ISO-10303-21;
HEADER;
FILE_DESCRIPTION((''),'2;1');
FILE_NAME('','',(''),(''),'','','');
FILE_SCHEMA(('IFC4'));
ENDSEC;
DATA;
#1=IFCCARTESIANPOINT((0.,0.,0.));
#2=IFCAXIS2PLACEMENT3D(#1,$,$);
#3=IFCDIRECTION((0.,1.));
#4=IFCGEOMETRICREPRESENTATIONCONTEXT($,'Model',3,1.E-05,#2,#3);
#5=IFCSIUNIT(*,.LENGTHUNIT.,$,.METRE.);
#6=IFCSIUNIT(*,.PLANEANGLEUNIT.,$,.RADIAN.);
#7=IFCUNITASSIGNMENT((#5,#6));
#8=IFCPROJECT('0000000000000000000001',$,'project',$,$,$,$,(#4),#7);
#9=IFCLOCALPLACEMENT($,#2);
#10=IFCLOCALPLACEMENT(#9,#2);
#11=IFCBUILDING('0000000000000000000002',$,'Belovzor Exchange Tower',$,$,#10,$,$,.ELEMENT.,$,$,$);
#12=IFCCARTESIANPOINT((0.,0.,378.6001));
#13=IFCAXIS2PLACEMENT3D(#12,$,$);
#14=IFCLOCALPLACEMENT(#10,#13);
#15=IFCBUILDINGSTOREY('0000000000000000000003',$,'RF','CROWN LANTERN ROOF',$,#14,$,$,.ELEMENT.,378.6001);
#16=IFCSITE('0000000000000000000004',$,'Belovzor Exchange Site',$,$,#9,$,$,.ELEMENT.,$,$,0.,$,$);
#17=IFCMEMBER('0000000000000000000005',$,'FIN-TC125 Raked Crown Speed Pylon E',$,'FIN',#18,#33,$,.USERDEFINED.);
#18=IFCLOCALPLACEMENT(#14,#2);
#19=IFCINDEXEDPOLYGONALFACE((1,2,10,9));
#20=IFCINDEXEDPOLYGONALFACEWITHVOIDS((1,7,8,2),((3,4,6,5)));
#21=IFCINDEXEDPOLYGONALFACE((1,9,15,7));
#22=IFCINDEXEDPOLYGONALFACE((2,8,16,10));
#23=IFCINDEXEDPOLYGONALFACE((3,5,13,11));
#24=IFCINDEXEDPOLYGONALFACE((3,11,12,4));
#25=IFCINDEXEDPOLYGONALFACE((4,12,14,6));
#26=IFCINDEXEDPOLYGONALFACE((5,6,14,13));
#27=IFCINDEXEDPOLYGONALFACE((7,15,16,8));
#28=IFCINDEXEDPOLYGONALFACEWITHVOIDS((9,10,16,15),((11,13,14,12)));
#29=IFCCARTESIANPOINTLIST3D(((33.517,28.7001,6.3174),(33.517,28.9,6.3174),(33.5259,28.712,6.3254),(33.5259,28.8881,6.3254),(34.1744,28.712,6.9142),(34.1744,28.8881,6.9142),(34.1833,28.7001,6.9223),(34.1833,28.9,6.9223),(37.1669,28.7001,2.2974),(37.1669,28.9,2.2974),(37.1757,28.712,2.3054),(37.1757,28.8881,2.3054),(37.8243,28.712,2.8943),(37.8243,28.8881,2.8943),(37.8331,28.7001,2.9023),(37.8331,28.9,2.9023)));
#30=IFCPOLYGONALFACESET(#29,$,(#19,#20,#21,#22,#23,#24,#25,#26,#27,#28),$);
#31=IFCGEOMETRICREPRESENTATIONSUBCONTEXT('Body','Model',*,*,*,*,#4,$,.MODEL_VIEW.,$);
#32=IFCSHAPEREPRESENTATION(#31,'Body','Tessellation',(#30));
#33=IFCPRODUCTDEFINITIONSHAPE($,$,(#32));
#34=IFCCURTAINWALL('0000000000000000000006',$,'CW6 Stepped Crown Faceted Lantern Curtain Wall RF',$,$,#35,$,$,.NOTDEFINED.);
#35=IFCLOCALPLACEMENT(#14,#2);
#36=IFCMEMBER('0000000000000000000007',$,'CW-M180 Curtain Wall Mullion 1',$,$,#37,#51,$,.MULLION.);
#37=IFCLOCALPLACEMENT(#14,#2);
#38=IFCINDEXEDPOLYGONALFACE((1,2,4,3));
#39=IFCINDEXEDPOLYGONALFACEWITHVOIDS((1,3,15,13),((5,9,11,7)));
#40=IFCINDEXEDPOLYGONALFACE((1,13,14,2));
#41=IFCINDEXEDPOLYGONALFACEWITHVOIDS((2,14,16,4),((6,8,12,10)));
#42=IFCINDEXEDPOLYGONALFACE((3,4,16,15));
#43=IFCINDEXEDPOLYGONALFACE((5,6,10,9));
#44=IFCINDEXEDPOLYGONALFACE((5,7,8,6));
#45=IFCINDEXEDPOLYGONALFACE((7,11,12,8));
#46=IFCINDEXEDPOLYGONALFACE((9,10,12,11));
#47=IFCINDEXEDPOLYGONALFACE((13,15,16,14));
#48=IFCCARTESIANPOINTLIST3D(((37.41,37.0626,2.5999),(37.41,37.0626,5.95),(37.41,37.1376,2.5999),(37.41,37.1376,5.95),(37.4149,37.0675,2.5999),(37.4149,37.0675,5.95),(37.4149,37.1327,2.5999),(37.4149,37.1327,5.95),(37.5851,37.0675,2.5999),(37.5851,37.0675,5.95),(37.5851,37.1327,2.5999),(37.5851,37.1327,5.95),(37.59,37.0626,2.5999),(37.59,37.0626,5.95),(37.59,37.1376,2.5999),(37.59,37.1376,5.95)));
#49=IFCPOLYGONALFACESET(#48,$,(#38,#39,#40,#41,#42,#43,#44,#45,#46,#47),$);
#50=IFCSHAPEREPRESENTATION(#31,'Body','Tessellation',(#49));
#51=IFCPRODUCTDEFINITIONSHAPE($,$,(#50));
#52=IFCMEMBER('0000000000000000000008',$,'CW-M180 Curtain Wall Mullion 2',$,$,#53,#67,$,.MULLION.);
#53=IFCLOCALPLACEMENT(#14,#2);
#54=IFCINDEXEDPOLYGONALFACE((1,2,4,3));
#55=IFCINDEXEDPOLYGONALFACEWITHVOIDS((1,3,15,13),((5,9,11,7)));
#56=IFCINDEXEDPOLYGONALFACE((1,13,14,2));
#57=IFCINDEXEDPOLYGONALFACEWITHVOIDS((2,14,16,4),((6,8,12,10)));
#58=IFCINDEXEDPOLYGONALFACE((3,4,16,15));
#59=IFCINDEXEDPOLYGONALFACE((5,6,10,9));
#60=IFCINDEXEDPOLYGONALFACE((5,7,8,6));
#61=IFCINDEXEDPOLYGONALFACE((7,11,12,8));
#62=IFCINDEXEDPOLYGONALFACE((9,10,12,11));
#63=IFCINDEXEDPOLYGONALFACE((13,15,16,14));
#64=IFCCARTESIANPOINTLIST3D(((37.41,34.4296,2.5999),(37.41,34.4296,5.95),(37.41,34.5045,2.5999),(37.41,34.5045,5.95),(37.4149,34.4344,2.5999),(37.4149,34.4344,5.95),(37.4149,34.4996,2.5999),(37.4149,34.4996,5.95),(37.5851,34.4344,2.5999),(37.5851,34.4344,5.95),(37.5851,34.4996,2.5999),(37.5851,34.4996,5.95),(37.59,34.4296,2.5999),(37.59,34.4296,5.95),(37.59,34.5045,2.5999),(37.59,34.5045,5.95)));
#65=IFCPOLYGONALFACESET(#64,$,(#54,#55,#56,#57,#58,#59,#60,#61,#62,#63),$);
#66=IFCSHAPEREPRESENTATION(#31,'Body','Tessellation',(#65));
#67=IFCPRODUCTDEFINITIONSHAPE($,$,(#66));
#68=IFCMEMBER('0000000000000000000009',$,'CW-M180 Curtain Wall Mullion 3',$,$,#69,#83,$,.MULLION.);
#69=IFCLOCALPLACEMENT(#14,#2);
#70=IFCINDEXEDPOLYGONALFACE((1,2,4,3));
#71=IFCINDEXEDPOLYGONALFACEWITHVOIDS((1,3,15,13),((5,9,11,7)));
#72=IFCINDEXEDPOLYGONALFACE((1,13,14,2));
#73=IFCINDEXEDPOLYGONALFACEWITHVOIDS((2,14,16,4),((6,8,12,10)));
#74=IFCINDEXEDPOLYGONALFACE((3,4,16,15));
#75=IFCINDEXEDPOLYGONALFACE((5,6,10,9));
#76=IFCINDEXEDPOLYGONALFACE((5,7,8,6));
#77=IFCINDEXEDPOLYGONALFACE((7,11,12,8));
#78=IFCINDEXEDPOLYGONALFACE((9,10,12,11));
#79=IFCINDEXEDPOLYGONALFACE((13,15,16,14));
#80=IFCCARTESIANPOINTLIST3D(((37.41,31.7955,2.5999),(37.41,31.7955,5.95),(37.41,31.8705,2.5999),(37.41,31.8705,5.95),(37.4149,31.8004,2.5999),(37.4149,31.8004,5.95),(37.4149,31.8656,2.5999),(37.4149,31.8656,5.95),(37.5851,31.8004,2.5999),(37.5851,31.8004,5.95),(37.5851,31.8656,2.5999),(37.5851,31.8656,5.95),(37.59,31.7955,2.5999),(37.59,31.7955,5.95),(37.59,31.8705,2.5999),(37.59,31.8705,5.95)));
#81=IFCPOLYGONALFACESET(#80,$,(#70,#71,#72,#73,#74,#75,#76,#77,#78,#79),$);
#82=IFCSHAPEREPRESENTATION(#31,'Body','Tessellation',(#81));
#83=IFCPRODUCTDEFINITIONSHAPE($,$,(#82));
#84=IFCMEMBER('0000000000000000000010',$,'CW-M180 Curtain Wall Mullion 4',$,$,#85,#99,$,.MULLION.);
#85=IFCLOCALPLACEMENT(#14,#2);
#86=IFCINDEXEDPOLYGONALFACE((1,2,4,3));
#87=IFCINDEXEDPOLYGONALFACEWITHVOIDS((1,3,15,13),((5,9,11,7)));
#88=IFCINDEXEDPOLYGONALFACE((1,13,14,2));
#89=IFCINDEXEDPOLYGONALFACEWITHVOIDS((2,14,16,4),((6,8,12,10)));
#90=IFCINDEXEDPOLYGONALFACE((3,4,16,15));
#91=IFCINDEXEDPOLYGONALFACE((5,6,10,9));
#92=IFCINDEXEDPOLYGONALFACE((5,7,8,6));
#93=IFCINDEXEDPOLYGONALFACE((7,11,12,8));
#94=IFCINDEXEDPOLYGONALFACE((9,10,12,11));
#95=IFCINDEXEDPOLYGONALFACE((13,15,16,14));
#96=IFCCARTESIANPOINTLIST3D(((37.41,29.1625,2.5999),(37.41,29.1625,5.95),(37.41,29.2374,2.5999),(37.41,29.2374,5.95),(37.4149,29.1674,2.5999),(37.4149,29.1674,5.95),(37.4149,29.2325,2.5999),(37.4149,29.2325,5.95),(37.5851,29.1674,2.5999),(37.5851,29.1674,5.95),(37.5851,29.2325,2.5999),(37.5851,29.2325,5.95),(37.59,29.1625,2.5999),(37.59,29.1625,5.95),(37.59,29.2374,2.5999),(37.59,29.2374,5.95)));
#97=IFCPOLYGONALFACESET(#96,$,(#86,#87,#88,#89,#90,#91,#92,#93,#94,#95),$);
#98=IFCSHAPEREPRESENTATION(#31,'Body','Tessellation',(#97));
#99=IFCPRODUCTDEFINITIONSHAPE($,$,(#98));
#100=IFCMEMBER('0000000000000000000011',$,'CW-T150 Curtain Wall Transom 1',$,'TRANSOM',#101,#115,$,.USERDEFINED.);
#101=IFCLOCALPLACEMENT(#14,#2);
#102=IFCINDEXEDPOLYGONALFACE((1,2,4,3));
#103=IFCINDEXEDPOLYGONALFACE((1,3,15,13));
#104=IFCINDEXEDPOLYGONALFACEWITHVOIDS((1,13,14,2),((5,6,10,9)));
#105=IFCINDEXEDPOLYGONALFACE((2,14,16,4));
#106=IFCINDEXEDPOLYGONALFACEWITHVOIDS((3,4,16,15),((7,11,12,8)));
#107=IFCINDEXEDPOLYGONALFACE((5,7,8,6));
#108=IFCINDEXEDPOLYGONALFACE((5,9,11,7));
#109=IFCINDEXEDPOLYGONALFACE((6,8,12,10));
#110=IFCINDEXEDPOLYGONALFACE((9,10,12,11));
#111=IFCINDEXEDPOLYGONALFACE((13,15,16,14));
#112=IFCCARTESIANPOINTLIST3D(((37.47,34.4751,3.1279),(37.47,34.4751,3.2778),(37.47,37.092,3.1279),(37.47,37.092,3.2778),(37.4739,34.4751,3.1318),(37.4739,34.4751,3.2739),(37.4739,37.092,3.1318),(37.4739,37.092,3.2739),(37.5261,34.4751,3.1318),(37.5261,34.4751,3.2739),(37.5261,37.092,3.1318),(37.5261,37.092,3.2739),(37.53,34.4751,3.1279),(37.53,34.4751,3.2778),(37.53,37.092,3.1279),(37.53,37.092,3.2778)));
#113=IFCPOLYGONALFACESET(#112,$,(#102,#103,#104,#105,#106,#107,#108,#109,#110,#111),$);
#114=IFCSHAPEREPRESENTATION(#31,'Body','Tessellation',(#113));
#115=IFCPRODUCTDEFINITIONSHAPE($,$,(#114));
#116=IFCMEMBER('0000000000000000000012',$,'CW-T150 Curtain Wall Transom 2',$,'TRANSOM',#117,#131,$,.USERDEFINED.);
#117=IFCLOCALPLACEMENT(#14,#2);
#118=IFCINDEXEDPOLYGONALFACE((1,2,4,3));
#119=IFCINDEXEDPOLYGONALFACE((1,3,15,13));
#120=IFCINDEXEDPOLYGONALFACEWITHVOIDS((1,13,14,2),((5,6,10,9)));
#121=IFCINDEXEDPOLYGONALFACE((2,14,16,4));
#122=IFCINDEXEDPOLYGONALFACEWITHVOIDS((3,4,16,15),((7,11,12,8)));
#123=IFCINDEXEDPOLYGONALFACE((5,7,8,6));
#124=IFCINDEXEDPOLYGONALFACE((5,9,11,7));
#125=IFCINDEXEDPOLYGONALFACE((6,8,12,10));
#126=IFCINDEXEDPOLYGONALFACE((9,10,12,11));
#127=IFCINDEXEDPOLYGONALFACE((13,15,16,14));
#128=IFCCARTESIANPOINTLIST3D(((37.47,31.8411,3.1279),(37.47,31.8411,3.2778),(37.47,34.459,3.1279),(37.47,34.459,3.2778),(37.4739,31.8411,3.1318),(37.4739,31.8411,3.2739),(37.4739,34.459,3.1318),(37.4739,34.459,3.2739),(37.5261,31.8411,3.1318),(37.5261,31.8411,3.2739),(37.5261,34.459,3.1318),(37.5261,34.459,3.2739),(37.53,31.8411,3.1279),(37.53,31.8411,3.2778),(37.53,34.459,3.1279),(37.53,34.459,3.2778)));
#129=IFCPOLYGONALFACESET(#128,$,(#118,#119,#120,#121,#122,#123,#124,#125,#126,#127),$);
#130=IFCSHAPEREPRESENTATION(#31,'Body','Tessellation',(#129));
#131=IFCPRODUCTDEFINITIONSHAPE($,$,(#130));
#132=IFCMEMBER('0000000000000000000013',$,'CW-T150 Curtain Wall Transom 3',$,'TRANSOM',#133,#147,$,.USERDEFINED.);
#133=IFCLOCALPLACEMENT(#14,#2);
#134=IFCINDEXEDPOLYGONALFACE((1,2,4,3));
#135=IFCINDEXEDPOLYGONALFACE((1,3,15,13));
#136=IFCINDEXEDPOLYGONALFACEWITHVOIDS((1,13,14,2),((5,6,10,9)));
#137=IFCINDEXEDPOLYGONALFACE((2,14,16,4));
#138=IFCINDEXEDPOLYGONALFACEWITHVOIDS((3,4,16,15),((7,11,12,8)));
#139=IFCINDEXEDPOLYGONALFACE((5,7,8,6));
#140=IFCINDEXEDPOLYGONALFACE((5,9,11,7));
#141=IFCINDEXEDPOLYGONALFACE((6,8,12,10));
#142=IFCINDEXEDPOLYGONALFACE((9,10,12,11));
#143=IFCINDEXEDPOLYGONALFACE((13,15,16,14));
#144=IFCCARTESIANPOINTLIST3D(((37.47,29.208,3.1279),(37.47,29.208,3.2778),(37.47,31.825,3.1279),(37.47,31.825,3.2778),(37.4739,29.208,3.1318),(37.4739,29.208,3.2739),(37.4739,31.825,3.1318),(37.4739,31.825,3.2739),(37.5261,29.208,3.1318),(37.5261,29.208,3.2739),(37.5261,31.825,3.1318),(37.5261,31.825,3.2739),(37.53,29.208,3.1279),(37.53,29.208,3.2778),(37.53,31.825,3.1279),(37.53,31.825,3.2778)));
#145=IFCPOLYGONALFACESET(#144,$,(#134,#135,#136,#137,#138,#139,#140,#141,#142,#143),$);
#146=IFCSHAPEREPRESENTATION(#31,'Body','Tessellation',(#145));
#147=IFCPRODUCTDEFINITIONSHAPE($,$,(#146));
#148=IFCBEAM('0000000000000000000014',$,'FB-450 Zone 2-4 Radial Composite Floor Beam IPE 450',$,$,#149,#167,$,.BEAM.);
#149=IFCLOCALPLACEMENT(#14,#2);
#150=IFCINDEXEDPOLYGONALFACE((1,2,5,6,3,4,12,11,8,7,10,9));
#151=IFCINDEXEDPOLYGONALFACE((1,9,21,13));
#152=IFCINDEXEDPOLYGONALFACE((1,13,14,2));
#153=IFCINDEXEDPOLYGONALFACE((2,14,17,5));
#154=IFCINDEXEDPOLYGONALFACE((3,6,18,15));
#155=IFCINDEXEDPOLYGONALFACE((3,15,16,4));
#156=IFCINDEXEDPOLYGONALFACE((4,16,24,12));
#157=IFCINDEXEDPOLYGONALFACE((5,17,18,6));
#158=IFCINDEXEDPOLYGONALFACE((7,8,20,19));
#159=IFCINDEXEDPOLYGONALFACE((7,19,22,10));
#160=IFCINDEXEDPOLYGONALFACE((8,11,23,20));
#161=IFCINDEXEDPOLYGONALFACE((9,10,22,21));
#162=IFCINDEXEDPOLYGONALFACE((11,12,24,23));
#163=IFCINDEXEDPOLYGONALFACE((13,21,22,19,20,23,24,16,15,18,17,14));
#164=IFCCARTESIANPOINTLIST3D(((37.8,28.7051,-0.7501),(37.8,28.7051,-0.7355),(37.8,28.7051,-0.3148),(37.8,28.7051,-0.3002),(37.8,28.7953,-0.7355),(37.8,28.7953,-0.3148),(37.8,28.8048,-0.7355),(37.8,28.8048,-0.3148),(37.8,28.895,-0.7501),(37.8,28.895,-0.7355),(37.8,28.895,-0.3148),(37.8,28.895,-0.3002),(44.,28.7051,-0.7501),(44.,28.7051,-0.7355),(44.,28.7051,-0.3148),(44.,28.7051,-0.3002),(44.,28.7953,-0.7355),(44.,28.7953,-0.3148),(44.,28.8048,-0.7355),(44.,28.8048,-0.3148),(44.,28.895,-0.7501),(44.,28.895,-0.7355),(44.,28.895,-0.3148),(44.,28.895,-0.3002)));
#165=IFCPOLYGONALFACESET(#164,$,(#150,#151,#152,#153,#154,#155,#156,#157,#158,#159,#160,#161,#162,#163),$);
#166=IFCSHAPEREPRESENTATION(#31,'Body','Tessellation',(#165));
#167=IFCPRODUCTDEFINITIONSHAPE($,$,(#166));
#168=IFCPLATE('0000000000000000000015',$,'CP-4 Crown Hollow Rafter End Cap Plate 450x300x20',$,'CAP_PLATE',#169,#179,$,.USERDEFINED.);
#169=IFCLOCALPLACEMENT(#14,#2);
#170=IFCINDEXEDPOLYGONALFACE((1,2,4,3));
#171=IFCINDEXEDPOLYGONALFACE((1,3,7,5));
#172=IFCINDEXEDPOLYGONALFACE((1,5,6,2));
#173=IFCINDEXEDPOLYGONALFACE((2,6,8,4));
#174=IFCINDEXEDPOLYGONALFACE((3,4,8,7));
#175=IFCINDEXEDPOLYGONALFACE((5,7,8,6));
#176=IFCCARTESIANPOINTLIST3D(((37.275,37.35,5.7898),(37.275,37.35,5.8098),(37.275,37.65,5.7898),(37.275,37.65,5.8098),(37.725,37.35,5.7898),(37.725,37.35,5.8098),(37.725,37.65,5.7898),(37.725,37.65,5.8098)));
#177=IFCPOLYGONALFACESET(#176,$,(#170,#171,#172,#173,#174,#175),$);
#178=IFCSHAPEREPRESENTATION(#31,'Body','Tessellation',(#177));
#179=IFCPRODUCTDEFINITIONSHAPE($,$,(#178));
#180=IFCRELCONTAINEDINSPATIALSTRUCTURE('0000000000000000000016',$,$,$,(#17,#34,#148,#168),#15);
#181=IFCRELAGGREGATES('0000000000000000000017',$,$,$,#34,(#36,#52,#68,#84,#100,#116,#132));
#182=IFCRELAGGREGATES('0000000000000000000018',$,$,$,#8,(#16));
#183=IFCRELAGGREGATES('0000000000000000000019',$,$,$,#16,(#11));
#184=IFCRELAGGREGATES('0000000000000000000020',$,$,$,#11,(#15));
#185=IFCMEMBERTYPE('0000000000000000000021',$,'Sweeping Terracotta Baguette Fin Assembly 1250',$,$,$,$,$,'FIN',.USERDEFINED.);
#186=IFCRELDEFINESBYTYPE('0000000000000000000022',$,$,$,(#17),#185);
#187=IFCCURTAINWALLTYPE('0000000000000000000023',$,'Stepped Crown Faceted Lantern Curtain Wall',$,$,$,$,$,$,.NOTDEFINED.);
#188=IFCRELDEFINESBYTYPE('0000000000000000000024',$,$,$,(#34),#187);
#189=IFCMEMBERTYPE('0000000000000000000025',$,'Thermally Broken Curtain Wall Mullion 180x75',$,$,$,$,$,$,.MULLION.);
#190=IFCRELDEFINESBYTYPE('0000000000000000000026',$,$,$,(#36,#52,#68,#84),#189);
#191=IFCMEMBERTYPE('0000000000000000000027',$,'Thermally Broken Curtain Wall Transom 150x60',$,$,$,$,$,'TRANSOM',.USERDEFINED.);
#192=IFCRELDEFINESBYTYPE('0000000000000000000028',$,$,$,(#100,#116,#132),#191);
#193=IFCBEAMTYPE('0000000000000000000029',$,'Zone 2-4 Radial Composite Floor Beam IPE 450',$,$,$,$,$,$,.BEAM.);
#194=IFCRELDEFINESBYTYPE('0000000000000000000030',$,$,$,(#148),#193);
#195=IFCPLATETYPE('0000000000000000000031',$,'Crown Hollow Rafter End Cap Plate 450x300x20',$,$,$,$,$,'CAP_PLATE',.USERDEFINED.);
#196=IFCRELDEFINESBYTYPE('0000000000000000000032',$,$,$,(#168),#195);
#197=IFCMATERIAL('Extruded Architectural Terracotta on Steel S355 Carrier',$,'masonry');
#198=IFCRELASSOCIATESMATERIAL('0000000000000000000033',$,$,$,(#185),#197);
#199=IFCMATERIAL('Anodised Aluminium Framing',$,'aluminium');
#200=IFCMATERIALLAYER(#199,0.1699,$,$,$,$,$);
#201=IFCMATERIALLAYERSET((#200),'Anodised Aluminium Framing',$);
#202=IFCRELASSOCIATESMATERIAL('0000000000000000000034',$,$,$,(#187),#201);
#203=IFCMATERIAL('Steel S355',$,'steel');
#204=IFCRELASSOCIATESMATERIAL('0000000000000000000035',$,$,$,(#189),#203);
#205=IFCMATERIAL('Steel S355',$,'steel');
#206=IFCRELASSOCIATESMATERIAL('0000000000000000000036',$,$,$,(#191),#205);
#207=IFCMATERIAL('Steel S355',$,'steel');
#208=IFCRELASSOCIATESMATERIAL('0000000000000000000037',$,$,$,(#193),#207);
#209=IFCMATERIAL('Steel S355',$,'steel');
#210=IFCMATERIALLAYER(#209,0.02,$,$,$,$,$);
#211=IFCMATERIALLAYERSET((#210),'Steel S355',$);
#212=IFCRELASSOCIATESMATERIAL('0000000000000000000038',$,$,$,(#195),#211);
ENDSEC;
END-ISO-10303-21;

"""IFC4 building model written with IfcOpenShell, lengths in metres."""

from ifc_helpers import new_model, si_unit, direction, frame, origin, origin_2d, place, context, subcontext, project, spatial, rectangle, hollow_rectangle, i_section, extrude, material, layer, layer_set, material_profile, profile_set, type_object, element, aggregate, save


model = new_model("IFC4")

# Units and contexts
model_context = context("Model", 3, precision=1e-05, world=origin(), true_north=direction((0.0, 1.0)))
body_context = subcontext(model_context, "Body", "Model", "MODEL_VIEW")
ifc_project = project(units=[si_unit("LENGTHUNIT", "METRE"), si_unit("PLANEANGLEUNIT", "RADIAN")], contexts=[model_context])

# Site, building, storey
site_placement = place(None, origin())
site = spatial("IfcSite", under=ifc_project, at=site_placement, Name="Belovzor Exchange Site", CompositionType="ELEMENT", RefElevation=0.0)
building_placement = place(site_placement, origin())
building = spatial("IfcBuilding", under=site, at=building_placement, Name="Belovzor Exchange Tower", CompositionType="ELEMENT")
storey_placement = place(building_placement, frame((0.0, 0.0, 378.6001)))
storey = spatial("IfcBuildingStorey", under=building, at=storey_placement, Name="RF", Description="CROWN LANTERN ROOF", CompositionType="ELEMENT", Elevation=378.6001)

# Member
ifc_material_1 = material(Name="Extruded Architectural Terracotta on Steel S355 Carrier", Category="masonry")
ifc_material_profile_1 = material_profile(ifc_material_1, hollow_rectangle(XDim=0.2, YDim=0.8999, WallThickness=0.012, at=origin_2d()))
ifc_profile_set_1 = profile_set([ifc_material_profile_1], Name="Extruded Architectural Terracotta on Steel S355 Carrier")
member_type_1 = type_object("IfcMemberType", Name="Sweeping Terracotta Baguette Fin Assembly 1250", ElementType="FIN", PredefinedType="USERDEFINED", material=ifc_profile_set_1)
member_1_placement = place(storey_placement, frame((37.5, 28.8, 2.5999), z_axis=(-0.672203, 0.0, 0.740367), x_axis=(0.0, -1.0, 0.0)))
element("IfcMember", 1, at=member_1_placement, inside=storey, type_object=member_type_1, Name="FIN-TC125 Raked Crown Speed Pylon E", ObjectType="FIN", PredefinedType="USERDEFINED", context=body_context, shape_type="SweptSolid", body=[
    extrude(hollow_rectangle(XDim=0.2, YDim=0.8999, WallThickness=0.012, at=origin_2d()), origin(), (0.0, 0.0, 1.0), 5.4297),
])

# Curtain wall, members
ifc_material_2 = material(Name="Anodised Aluminium Framing", Category="aluminium")
ifc_layer_1 = layer(ifc_material_2, 0.1699)
ifc_layer_set_1 = layer_set([ifc_layer_1], Name="Anodised Aluminium Framing")
curtain_wall_type = type_object("IfcCurtainWallType", Name="Stepped Crown Faceted Lantern Curtain Wall", PredefinedType="NOTDEFINED", material=ifc_layer_set_1)
curtain_wall_placement = place(storey_placement, origin())
curtain_wall = element("IfcCurtainWall", 2, at=curtain_wall_placement, inside=storey, type_object=curtain_wall_type, Name="CW6 Stepped Crown Faceted Lantern Curtain Wall RF", PredefinedType="NOTDEFINED")
ifc_material_3 = material(Name="Steel S355", Category="steel")
ifc_material_profile_2 = material_profile(ifc_material_3, hollow_rectangle(XDim=0.075, YDim=0.1799, WallThickness=0.0049, at=origin_2d()))
ifc_profile_set_2 = profile_set([ifc_material_profile_2], Name="Steel S355")
member_type_2 = type_object("IfcMemberType", Name="Thermally Broken Curtain Wall Mullion 180x75", PredefinedType="MULLION", material=ifc_profile_set_2)
member_2_placement = place(storey_placement, frame((37.5, 37.1001, 2.5999), z_axis=(0.0, 0.0, 1.0), x_axis=(0.0, -1.0, 0.0)))
member_2 = element("IfcMember", 3, at=member_2_placement, type_object=member_type_2, Name="CW-M180 Curtain Wall Mullion 1", PredefinedType="MULLION", context=body_context, shape_type="SweptSolid", body=[
    extrude(hollow_rectangle(XDim=0.075, YDim=0.1799, WallThickness=0.0049, at=origin_2d()), origin(), (0.0, 0.0, 1.0), 3.3501),
])
member_3_placement = place(storey_placement, frame((37.5, 34.467, 2.5999), z_axis=(0.0, 0.0, 1.0), x_axis=(0.0, -1.0, 0.0)))
member_3 = element("IfcMember", 4, at=member_3_placement, type_object=member_type_2, Name="CW-M180 Curtain Wall Mullion 2", PredefinedType="MULLION", context=body_context, shape_type="SweptSolid", body=[
    extrude(hollow_rectangle(XDim=0.075, YDim=0.1799, WallThickness=0.0049, at=origin_2d()), origin(), (0.0, 0.0, 1.0), 3.3501),
])
member_4_placement = place(storey_placement, frame((37.5, 31.833, 2.5999), z_axis=(0.0, 0.0, 1.0), x_axis=(0.0, -1.0, 0.0)))
member_4 = element("IfcMember", 5, at=member_4_placement, type_object=member_type_2, Name="CW-M180 Curtain Wall Mullion 3", PredefinedType="MULLION", context=body_context, shape_type="SweptSolid", body=[
    extrude(hollow_rectangle(XDim=0.075, YDim=0.1799, WallThickness=0.0049, at=origin_2d()), origin(), (0.0, 0.0, 1.0), 3.3501),
])
member_5_placement = place(storey_placement, frame((37.5, 29.2, 2.5999), z_axis=(0.0, 0.0, 1.0), x_axis=(0.0, -1.0, 0.0)))
member_5 = element("IfcMember", 6, at=member_5_placement, type_object=member_type_2, Name="CW-M180 Curtain Wall Mullion 4", PredefinedType="MULLION", context=body_context, shape_type="SweptSolid", body=[
    extrude(hollow_rectangle(XDim=0.075, YDim=0.1799, WallThickness=0.0049, at=origin_2d()), origin(), (0.0, 0.0, 1.0), 3.3501),
])
ifc_material_4 = material(Name="Steel S355", Category="steel")
ifc_material_profile_3 = material_profile(ifc_material_4, hollow_rectangle(XDim=0.0601, YDim=0.1499, WallThickness=0.0039, at=origin_2d()))
ifc_profile_set_3 = profile_set([ifc_material_profile_3], Name="Steel S355")
member_type_3 = type_object("IfcMemberType", Name="Thermally Broken Curtain Wall Transom 150x60", ElementType="TRANSOM", PredefinedType="USERDEFINED", material=ifc_profile_set_3)
member_6_placement = place(storey_placement, frame((37.5, 37.092, 3.2029), z_axis=(0.0, -1.0, 0.0), x_axis=(1.0, 0.0, 0.0)))
member_6 = element("IfcMember", 7, at=member_6_placement, type_object=member_type_3, Name="CW-T150 Curtain Wall Transom 1", ObjectType="TRANSOM", PredefinedType="USERDEFINED", context=body_context, shape_type="SweptSolid", body=[
    extrude(hollow_rectangle(XDim=0.0601, YDim=0.1499, WallThickness=0.0039, at=origin_2d()), origin(), (0.0, 0.0, 1.0), 2.6169),
])
member_7_placement = place(storey_placement, frame((37.5, 34.459, 3.2029), z_axis=(0.0, -1.0, 0.0), x_axis=(1.0, 0.0, 0.0)))
member_7 = element("IfcMember", 8, at=member_7_placement, type_object=member_type_3, Name="CW-T150 Curtain Wall Transom 2", ObjectType="TRANSOM", PredefinedType="USERDEFINED", context=body_context, shape_type="SweptSolid", body=[
    extrude(hollow_rectangle(XDim=0.0601, YDim=0.1499, WallThickness=0.0039, at=origin_2d()), origin(), (0.0, 0.0, 1.0), 2.6179),
])
member_8_placement = place(storey_placement, frame((37.5, 31.825, 3.2029), z_axis=(0.0, -1.0, 0.0), x_axis=(1.0, 0.0, 0.0)))
member_8 = element("IfcMember", 9, at=member_8_placement, type_object=member_type_3, Name="CW-T150 Curtain Wall Transom 3", ObjectType="TRANSOM", PredefinedType="USERDEFINED", context=body_context, shape_type="SweptSolid", body=[
    extrude(hollow_rectangle(XDim=0.0601, YDim=0.1499, WallThickness=0.0039, at=origin_2d()), origin(), (0.0, 0.0, 1.0), 2.6169),
])

# Beam
ifc_material_5 = material(Name="Steel S355", Category="steel")
ifc_material_profile_4 = material_profile(ifc_material_5, i_section(OverallWidth=0.1899, OverallDepth=0.45, WebThickness=0.0095, FlangeThickness=0.0146, at=origin_2d()))
ifc_profile_set_4 = profile_set([ifc_material_profile_4], Name="Steel S355")
beam_type_1 = type_object("IfcBeamType", Name="Zone 2-4 Radial Composite Floor Beam IPE 450", PredefinedType="BEAM", material=ifc_profile_set_4)
beam_1_placement = place(storey_placement, frame((37.8, 28.8, -0.5251), z_axis=(1.0, 0.0, 0.0), x_axis=(0.0, 1.0, 0.0)))
element("IfcBeam", 10, at=beam_1_placement, inside=storey, type_object=beam_type_1, Name="FB-450 Zone 2-4 Radial Composite Floor Beam IPE 450", PredefinedType="BEAM", context=body_context, shape_type="SweptSolid", body=[
    extrude(i_section(OverallWidth=0.1899, OverallDepth=0.45, WebThickness=0.0095, FlangeThickness=0.0146, at=origin_2d()), origin(), (0.0, 0.0, 1.0), 6.2),
])

# Plate
ifc_material_6 = material(Name="Steel S355", Category="steel")
ifc_layer_2 = layer(ifc_material_6, 0.02)
ifc_layer_set_2 = layer_set([ifc_layer_2], Name="Steel S355")
plate_type_1 = type_object("IfcPlateType", Name="Crown Hollow Rafter End Cap Plate 450x300x20", ElementType="CAP_PLATE", PredefinedType="USERDEFINED", material=ifc_layer_set_2)
for number, where, z_axis, x_axis, name in (
    (11, (37.5, 37.5, 5.7898), (0.0, 0.0, 1.0), (1.0, 0.0, 0.0), "CP-4 Crown Hollow Rafter End Cap Plate 450x300x20"),
):
    element("IfcPlate", number, at=place(storey_placement, frame(where, z_axis=z_axis, x_axis=x_axis)), inside=storey, type_object=plate_type_1, Name=name, ObjectType="CAP_PLATE", PredefinedType="USERDEFINED", context=body_context, shape_type="SweptSolid", body=[
        extrude(rectangle(XDim=0.45, YDim=0.3, at=origin_2d()), origin(), (0.0, 0.0, 1.0), 0.02),
    ])

aggregate(curtain_wall, [member_2, member_3, member_4, member_5, member_6, member_7, member_8])

save(model, "model.ifc")
